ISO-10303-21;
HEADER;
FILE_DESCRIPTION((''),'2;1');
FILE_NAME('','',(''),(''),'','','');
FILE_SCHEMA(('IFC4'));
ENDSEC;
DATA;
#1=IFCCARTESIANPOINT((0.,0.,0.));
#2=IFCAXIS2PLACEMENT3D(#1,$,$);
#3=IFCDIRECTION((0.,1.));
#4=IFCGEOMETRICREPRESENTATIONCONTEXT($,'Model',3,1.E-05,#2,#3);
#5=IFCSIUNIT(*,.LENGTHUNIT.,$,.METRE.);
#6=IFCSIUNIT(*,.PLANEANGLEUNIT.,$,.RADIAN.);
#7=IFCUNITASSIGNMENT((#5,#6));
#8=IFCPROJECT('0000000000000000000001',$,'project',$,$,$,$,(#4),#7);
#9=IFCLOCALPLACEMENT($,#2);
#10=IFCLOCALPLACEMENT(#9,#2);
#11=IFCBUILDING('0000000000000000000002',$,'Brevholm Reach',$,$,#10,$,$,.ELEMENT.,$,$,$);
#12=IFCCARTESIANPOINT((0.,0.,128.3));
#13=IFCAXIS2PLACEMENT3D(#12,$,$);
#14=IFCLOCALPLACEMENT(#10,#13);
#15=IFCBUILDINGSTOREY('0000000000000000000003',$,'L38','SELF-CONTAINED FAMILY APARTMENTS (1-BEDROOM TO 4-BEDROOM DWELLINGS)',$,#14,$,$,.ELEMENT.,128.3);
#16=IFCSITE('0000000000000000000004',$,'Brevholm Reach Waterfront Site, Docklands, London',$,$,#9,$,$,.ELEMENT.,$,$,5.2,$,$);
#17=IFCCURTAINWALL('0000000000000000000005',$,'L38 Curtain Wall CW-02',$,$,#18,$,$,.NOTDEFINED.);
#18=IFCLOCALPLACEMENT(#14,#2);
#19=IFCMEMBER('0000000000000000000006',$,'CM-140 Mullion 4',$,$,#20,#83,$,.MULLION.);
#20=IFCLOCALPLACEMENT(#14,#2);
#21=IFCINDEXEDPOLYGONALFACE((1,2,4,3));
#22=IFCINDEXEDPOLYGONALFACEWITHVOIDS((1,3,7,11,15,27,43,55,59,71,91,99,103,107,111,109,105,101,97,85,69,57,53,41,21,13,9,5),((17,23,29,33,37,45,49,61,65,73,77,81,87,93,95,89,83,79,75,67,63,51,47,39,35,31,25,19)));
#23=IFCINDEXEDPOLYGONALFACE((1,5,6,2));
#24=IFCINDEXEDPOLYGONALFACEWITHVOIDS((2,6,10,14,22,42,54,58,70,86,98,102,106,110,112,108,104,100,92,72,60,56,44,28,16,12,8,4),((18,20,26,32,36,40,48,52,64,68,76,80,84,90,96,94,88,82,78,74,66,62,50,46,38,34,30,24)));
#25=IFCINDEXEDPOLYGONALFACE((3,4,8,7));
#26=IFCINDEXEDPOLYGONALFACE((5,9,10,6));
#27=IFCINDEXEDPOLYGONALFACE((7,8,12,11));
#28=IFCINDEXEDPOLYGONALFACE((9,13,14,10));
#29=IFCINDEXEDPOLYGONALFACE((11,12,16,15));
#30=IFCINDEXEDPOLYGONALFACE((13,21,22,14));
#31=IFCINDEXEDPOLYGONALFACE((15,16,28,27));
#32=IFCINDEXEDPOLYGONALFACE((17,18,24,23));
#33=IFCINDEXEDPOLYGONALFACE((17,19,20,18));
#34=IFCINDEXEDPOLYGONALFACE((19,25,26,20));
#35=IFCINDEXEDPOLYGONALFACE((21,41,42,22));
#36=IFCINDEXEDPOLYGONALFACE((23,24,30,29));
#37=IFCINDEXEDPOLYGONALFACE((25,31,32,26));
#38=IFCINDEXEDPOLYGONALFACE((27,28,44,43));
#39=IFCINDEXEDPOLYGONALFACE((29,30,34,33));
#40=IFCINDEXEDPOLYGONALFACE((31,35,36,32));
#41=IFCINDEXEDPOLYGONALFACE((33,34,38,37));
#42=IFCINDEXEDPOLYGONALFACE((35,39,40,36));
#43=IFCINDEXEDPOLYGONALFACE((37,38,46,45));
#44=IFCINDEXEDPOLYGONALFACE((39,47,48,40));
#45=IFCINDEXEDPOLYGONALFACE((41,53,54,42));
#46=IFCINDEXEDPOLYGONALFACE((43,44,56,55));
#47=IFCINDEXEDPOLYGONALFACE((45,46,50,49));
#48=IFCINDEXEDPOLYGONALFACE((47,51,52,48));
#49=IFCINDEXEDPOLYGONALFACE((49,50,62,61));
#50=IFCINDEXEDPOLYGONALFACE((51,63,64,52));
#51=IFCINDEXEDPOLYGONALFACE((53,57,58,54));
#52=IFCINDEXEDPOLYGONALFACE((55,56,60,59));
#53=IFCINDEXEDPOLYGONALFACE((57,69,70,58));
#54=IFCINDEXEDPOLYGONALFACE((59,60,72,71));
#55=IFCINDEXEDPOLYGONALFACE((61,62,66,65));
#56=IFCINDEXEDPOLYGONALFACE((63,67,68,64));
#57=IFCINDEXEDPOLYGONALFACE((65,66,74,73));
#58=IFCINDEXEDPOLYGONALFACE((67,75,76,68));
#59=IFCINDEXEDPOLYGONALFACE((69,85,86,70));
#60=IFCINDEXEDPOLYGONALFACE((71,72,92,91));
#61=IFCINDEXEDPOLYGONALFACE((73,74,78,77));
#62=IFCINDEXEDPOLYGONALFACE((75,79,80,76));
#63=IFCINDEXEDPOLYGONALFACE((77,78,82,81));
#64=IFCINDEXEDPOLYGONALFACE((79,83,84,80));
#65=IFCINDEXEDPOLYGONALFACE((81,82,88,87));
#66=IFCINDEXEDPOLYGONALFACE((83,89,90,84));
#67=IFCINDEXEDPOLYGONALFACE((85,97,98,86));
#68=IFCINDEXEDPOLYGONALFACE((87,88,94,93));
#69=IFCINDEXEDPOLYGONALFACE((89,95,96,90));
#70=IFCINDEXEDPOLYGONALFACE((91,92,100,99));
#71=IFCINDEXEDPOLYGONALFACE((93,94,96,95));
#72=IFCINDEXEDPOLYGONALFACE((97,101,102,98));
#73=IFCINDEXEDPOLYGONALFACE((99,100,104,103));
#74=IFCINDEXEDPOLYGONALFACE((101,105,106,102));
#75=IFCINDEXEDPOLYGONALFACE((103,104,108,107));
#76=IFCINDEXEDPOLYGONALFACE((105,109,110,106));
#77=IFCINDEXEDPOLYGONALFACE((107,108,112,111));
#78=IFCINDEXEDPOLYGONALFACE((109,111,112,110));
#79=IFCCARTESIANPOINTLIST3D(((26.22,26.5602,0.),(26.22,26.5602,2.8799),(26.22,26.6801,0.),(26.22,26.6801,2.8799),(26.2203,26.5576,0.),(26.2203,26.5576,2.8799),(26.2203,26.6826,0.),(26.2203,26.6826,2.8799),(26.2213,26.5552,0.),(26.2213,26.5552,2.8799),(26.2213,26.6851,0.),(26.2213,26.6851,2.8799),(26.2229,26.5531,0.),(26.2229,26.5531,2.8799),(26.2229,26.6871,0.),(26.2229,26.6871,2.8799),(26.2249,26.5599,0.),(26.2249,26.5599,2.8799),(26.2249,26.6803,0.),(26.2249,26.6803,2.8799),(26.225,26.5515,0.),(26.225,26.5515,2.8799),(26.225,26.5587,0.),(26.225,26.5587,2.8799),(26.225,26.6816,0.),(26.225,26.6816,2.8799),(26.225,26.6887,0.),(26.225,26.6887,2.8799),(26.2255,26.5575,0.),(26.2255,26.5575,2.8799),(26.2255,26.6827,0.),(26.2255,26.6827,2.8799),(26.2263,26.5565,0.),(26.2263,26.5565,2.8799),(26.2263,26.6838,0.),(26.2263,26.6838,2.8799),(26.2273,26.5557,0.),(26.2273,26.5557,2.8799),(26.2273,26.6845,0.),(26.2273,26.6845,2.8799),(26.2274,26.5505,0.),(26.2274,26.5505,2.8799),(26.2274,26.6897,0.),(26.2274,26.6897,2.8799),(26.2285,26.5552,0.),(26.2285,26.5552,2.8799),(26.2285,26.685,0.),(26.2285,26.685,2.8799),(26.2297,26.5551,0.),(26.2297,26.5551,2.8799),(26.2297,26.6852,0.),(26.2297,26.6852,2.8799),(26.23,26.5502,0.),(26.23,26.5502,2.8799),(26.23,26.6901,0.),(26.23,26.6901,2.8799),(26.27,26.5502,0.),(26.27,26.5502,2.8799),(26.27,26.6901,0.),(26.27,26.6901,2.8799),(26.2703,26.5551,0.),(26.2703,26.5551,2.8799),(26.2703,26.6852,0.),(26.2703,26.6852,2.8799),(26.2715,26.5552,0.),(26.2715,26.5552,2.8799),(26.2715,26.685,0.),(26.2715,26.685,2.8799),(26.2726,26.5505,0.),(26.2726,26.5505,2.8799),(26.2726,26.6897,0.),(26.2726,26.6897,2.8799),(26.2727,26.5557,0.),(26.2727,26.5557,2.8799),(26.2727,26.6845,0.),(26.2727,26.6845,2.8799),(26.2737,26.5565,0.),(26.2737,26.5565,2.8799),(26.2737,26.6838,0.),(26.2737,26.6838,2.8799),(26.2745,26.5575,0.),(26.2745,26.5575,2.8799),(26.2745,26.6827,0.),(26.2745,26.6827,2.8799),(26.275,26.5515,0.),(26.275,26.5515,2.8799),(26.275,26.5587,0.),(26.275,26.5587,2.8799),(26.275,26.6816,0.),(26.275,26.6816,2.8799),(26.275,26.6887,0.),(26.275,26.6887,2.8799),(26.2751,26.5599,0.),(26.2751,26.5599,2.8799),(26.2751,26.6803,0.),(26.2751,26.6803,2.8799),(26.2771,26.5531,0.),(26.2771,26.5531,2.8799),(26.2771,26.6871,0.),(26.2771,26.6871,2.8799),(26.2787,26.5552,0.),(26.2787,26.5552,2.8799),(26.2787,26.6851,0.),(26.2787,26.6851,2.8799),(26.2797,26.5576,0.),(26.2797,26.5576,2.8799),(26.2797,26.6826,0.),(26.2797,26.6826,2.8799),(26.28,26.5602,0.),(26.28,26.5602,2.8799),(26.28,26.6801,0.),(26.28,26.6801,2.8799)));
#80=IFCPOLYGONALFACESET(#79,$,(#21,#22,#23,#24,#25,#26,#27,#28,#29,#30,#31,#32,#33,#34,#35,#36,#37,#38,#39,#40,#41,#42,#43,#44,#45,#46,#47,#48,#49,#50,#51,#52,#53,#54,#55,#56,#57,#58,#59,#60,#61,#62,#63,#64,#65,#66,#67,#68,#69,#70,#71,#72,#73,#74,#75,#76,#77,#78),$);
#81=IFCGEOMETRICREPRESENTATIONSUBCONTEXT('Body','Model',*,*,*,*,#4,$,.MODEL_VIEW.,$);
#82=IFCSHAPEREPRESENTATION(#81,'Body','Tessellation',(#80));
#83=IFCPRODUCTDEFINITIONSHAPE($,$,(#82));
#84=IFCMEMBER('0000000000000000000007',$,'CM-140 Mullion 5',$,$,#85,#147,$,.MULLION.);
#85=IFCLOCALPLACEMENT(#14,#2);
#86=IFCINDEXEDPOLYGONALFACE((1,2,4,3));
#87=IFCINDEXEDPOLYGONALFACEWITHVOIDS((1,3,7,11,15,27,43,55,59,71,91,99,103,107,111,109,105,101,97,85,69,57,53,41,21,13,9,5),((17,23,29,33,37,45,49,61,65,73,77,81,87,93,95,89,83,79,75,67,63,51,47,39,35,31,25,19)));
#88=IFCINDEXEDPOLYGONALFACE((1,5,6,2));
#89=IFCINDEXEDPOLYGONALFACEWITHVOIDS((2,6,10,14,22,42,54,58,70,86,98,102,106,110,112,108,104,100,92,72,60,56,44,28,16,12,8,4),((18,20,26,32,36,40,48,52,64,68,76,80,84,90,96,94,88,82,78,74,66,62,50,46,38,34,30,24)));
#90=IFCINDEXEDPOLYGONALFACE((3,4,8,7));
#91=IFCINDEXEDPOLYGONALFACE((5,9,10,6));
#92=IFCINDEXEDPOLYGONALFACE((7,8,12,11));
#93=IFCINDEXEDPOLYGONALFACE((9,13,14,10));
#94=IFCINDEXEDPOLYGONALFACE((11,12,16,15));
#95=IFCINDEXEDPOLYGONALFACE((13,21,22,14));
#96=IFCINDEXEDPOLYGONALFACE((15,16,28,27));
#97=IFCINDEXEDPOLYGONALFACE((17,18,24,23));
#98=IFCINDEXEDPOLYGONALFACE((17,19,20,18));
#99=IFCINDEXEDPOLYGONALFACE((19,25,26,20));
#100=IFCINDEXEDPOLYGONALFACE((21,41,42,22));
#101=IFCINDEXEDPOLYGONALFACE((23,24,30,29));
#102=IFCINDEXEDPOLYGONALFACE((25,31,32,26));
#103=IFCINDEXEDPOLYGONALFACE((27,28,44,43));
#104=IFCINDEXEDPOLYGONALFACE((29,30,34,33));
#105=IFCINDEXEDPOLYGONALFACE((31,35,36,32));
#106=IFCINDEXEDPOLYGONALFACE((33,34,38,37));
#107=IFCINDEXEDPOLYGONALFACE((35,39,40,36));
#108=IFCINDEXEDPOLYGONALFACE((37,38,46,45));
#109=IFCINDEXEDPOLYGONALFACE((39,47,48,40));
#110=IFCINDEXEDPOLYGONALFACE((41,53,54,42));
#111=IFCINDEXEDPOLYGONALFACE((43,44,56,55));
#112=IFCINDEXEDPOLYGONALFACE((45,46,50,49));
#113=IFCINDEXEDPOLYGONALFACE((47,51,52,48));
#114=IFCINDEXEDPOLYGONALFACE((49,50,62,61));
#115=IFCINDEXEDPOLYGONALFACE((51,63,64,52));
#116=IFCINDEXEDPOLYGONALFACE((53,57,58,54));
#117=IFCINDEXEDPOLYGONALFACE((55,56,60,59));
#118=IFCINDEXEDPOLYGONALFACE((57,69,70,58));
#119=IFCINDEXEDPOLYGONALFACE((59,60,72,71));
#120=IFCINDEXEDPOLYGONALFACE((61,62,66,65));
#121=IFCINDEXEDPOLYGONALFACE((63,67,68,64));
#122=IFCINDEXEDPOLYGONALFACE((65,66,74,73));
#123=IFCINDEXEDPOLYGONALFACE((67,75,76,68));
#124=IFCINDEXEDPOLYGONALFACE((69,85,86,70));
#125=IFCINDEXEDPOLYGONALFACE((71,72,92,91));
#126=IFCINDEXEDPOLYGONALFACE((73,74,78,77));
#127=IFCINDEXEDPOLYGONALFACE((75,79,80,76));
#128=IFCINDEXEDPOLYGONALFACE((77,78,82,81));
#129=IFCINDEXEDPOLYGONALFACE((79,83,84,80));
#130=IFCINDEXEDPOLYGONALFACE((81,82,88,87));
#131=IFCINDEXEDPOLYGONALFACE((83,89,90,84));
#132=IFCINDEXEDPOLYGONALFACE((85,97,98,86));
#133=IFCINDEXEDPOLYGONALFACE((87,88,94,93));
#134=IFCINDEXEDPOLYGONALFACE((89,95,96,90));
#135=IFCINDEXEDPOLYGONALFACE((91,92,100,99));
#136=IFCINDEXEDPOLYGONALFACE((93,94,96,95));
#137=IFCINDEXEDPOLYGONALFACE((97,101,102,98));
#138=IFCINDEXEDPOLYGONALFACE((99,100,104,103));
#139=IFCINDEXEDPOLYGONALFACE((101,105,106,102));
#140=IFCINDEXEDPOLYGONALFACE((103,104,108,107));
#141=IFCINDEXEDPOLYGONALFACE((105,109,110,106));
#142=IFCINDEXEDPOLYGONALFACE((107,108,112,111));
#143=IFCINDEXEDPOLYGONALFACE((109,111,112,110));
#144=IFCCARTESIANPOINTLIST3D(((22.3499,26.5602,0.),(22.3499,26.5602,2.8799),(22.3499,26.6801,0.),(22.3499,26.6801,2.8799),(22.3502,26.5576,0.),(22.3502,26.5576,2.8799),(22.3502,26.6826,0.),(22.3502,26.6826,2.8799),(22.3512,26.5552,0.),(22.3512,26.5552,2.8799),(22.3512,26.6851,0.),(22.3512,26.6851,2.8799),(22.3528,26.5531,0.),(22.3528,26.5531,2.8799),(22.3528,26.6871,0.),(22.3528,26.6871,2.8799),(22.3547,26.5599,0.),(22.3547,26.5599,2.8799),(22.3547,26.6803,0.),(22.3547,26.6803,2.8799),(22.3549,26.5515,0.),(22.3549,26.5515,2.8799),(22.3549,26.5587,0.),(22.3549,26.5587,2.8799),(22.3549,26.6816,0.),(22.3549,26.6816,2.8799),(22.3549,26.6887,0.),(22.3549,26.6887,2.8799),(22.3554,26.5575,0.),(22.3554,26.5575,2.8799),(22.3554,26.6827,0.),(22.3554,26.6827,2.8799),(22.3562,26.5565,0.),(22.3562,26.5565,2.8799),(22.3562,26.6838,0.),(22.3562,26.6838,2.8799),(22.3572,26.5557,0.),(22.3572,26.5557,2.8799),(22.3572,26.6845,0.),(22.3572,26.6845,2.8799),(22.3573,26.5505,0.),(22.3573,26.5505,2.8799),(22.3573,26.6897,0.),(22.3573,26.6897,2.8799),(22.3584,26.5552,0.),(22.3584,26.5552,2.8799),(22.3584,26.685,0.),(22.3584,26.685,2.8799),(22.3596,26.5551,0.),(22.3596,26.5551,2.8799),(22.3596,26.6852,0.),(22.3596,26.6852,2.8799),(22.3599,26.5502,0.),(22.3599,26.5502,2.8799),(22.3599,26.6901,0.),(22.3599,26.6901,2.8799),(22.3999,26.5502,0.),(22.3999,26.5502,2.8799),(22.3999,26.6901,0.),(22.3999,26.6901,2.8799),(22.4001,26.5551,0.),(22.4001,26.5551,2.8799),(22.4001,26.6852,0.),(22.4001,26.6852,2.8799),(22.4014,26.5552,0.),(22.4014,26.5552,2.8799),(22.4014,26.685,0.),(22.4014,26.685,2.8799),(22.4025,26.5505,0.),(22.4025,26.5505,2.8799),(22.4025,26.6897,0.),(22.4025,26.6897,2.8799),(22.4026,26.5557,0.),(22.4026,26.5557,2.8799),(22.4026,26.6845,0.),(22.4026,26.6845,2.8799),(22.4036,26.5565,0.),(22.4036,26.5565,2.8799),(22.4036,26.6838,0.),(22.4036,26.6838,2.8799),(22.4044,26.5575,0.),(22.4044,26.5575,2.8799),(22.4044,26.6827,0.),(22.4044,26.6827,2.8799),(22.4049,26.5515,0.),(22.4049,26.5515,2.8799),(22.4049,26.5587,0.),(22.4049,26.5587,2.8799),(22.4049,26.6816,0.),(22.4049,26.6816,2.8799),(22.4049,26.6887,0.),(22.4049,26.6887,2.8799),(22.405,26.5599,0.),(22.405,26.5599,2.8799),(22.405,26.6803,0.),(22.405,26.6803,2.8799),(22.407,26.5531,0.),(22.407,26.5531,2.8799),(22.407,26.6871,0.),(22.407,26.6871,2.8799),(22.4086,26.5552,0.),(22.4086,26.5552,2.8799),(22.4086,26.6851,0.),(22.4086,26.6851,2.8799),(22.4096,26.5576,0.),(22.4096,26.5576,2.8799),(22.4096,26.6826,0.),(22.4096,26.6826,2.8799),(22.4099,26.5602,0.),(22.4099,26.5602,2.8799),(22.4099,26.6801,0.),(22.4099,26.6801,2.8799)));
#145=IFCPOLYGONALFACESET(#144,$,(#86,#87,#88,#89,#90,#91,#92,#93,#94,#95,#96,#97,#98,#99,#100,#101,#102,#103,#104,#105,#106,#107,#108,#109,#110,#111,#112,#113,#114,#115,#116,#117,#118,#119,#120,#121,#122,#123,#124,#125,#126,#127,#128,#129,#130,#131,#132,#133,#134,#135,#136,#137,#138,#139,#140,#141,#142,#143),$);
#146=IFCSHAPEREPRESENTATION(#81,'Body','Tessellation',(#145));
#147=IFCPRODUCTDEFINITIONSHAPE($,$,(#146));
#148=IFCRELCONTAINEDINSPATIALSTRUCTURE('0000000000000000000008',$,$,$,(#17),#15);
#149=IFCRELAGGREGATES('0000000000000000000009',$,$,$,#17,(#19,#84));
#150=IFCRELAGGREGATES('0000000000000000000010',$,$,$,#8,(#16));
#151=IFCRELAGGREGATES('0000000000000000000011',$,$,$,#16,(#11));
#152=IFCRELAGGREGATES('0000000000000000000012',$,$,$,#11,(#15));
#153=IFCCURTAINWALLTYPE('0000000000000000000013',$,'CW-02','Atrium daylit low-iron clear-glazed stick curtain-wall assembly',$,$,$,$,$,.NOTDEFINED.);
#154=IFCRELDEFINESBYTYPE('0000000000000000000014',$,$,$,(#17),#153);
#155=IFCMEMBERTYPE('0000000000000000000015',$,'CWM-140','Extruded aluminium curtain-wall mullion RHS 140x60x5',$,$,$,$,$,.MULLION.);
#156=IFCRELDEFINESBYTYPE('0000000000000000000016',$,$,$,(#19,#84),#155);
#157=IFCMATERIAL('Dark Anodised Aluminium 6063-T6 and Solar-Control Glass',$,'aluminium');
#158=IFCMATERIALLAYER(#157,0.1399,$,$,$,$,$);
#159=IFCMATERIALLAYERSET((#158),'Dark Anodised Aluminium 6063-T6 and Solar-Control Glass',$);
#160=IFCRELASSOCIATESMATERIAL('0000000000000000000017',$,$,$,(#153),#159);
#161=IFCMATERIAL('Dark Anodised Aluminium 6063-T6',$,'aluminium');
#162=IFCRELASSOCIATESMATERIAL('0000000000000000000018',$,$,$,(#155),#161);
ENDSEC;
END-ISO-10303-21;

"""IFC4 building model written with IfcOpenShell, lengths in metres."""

from ifc_helpers import new_model, si_unit, direction, frame, origin, origin_2d, place, context, subcontext, project, spatial, hollow_rectangle, extrude, material, layer, layer_set, material_profile, profile_set, type_object, element, aggregate, save


model = new_model("IFC4")

# Units and contexts
model_context = context("Model", 3, precision=1e-05, world=origin(), true_north=direction((0.0, 1.0)))
body_context = subcontext(model_context, "Body", "Model", "MODEL_VIEW")
ifc_project = project(units=[si_unit("LENGTHUNIT", "METRE"), si_unit("PLANEANGLEUNIT", "RADIAN")], contexts=[model_context])

# Site, building, storey
site_placement = place(None, origin())
site = spatial("IfcSite", under=ifc_project, at=site_placement, Name="Brevholm Reach Waterfront Site, Docklands, London", CompositionType="ELEMENT", RefElevation=5.2)
building_placement = place(site_placement, origin())
building = spatial("IfcBuilding", under=site, at=building_placement, Name="Brevholm Reach", CompositionType="ELEMENT")
storey_placement = place(building_placement, frame((0.0, 0.0, 128.3)))
storey = spatial("IfcBuildingStorey", under=building, at=storey_placement, Name="L38", Description="SELF-CONTAINED FAMILY APARTMENTS (1-BEDROOM TO 4-BEDROOM DWELLINGS)", CompositionType="ELEMENT", Elevation=128.3)

# Curtain wall, members
ifc_material_1 = material(Name="Dark Anodised Aluminium 6063-T6 and Solar-Control Glass", Category="aluminium")
ifc_layer_1 = layer(ifc_material_1, 0.1399)
ifc_layer_set_1 = layer_set([ifc_layer_1], Name="Dark Anodised Aluminium 6063-T6 and Solar-Control Glass")
curtain_wall_type_1 = type_object("IfcCurtainWallType", Name="CW-02", Description="Atrium daylit low-iron clear-glazed stick curtain-wall assembly", PredefinedType="NOTDEFINED", material=ifc_layer_set_1)
curtain_wall_1_placement = place(storey_placement, origin())
curtain_wall_1 = element("IfcCurtainWall", 1, at=curtain_wall_1_placement, inside=storey, type_object=curtain_wall_type_1, Name="L38 Curtain Wall CW-02", PredefinedType="NOTDEFINED")
ifc_material_2 = material(Name="Dark Anodised Aluminium 6063-T6", Category="aluminium")
ifc_material_profile_1 = material_profile(ifc_material_2, hollow_rectangle(XDim=0.0601, YDim=0.1399, WallThickness=0.0049, InnerFilletRadius=0.0049, OuterFilletRadius=0.01, at=origin_2d()), Name="RHS 140x60x5")
ifc_profile_set_1 = profile_set([ifc_material_profile_1], Name="Dark Anodised Aluminium 6063-T6")
member_type_1 = type_object("IfcMemberType", Name="CWM-140", Description="Extruded aluminium curtain-wall mullion RHS 140x60x5", PredefinedType="MULLION", material=ifc_profile_set_1)
member_1_placement = place(storey_placement, frame((26.25, 26.6201, 0.0), z_axis=(0.0, 0.0, 1.0), x_axis=(-1.0, 0.0, 0.0)))
member_1 = element("IfcMember", 2, at=member_1_placement, type_object=member_type_1, Name="CM-140 Mullion 4", PredefinedType="MULLION", context=body_context, shape_type="SweptSolid", body=[
    extrude(hollow_rectangle(XDim=0.0601, YDim=0.1399, WallThickness=0.0049, InnerFilletRadius=0.0049, OuterFilletRadius=0.01, at=origin_2d()), origin(), (0.0, 0.0, 1.0), 2.8799),
])
member_2_placement = place(storey_placement, frame((22.3799, 26.6201, 0.0), z_axis=(0.0, 0.0, 1.0), x_axis=(-1.0, 0.0, 0.0)))
member_2 = element("IfcMember", 3, at=member_2_placement, type_object=member_type_1, Name="CM-140 Mullion 5", PredefinedType="MULLION", context=body_context, shape_type="SweptSolid", body=[
    extrude(hollow_rectangle(XDim=0.0601, YDim=0.1399, WallThickness=0.0049, InnerFilletRadius=0.0049, OuterFilletRadius=0.01, at=origin_2d()), origin(), (0.0, 0.0, 1.0), 2.8799),
])

aggregate(curtain_wall_1, [member_1, member_2])

save(model, "model.ifc")
